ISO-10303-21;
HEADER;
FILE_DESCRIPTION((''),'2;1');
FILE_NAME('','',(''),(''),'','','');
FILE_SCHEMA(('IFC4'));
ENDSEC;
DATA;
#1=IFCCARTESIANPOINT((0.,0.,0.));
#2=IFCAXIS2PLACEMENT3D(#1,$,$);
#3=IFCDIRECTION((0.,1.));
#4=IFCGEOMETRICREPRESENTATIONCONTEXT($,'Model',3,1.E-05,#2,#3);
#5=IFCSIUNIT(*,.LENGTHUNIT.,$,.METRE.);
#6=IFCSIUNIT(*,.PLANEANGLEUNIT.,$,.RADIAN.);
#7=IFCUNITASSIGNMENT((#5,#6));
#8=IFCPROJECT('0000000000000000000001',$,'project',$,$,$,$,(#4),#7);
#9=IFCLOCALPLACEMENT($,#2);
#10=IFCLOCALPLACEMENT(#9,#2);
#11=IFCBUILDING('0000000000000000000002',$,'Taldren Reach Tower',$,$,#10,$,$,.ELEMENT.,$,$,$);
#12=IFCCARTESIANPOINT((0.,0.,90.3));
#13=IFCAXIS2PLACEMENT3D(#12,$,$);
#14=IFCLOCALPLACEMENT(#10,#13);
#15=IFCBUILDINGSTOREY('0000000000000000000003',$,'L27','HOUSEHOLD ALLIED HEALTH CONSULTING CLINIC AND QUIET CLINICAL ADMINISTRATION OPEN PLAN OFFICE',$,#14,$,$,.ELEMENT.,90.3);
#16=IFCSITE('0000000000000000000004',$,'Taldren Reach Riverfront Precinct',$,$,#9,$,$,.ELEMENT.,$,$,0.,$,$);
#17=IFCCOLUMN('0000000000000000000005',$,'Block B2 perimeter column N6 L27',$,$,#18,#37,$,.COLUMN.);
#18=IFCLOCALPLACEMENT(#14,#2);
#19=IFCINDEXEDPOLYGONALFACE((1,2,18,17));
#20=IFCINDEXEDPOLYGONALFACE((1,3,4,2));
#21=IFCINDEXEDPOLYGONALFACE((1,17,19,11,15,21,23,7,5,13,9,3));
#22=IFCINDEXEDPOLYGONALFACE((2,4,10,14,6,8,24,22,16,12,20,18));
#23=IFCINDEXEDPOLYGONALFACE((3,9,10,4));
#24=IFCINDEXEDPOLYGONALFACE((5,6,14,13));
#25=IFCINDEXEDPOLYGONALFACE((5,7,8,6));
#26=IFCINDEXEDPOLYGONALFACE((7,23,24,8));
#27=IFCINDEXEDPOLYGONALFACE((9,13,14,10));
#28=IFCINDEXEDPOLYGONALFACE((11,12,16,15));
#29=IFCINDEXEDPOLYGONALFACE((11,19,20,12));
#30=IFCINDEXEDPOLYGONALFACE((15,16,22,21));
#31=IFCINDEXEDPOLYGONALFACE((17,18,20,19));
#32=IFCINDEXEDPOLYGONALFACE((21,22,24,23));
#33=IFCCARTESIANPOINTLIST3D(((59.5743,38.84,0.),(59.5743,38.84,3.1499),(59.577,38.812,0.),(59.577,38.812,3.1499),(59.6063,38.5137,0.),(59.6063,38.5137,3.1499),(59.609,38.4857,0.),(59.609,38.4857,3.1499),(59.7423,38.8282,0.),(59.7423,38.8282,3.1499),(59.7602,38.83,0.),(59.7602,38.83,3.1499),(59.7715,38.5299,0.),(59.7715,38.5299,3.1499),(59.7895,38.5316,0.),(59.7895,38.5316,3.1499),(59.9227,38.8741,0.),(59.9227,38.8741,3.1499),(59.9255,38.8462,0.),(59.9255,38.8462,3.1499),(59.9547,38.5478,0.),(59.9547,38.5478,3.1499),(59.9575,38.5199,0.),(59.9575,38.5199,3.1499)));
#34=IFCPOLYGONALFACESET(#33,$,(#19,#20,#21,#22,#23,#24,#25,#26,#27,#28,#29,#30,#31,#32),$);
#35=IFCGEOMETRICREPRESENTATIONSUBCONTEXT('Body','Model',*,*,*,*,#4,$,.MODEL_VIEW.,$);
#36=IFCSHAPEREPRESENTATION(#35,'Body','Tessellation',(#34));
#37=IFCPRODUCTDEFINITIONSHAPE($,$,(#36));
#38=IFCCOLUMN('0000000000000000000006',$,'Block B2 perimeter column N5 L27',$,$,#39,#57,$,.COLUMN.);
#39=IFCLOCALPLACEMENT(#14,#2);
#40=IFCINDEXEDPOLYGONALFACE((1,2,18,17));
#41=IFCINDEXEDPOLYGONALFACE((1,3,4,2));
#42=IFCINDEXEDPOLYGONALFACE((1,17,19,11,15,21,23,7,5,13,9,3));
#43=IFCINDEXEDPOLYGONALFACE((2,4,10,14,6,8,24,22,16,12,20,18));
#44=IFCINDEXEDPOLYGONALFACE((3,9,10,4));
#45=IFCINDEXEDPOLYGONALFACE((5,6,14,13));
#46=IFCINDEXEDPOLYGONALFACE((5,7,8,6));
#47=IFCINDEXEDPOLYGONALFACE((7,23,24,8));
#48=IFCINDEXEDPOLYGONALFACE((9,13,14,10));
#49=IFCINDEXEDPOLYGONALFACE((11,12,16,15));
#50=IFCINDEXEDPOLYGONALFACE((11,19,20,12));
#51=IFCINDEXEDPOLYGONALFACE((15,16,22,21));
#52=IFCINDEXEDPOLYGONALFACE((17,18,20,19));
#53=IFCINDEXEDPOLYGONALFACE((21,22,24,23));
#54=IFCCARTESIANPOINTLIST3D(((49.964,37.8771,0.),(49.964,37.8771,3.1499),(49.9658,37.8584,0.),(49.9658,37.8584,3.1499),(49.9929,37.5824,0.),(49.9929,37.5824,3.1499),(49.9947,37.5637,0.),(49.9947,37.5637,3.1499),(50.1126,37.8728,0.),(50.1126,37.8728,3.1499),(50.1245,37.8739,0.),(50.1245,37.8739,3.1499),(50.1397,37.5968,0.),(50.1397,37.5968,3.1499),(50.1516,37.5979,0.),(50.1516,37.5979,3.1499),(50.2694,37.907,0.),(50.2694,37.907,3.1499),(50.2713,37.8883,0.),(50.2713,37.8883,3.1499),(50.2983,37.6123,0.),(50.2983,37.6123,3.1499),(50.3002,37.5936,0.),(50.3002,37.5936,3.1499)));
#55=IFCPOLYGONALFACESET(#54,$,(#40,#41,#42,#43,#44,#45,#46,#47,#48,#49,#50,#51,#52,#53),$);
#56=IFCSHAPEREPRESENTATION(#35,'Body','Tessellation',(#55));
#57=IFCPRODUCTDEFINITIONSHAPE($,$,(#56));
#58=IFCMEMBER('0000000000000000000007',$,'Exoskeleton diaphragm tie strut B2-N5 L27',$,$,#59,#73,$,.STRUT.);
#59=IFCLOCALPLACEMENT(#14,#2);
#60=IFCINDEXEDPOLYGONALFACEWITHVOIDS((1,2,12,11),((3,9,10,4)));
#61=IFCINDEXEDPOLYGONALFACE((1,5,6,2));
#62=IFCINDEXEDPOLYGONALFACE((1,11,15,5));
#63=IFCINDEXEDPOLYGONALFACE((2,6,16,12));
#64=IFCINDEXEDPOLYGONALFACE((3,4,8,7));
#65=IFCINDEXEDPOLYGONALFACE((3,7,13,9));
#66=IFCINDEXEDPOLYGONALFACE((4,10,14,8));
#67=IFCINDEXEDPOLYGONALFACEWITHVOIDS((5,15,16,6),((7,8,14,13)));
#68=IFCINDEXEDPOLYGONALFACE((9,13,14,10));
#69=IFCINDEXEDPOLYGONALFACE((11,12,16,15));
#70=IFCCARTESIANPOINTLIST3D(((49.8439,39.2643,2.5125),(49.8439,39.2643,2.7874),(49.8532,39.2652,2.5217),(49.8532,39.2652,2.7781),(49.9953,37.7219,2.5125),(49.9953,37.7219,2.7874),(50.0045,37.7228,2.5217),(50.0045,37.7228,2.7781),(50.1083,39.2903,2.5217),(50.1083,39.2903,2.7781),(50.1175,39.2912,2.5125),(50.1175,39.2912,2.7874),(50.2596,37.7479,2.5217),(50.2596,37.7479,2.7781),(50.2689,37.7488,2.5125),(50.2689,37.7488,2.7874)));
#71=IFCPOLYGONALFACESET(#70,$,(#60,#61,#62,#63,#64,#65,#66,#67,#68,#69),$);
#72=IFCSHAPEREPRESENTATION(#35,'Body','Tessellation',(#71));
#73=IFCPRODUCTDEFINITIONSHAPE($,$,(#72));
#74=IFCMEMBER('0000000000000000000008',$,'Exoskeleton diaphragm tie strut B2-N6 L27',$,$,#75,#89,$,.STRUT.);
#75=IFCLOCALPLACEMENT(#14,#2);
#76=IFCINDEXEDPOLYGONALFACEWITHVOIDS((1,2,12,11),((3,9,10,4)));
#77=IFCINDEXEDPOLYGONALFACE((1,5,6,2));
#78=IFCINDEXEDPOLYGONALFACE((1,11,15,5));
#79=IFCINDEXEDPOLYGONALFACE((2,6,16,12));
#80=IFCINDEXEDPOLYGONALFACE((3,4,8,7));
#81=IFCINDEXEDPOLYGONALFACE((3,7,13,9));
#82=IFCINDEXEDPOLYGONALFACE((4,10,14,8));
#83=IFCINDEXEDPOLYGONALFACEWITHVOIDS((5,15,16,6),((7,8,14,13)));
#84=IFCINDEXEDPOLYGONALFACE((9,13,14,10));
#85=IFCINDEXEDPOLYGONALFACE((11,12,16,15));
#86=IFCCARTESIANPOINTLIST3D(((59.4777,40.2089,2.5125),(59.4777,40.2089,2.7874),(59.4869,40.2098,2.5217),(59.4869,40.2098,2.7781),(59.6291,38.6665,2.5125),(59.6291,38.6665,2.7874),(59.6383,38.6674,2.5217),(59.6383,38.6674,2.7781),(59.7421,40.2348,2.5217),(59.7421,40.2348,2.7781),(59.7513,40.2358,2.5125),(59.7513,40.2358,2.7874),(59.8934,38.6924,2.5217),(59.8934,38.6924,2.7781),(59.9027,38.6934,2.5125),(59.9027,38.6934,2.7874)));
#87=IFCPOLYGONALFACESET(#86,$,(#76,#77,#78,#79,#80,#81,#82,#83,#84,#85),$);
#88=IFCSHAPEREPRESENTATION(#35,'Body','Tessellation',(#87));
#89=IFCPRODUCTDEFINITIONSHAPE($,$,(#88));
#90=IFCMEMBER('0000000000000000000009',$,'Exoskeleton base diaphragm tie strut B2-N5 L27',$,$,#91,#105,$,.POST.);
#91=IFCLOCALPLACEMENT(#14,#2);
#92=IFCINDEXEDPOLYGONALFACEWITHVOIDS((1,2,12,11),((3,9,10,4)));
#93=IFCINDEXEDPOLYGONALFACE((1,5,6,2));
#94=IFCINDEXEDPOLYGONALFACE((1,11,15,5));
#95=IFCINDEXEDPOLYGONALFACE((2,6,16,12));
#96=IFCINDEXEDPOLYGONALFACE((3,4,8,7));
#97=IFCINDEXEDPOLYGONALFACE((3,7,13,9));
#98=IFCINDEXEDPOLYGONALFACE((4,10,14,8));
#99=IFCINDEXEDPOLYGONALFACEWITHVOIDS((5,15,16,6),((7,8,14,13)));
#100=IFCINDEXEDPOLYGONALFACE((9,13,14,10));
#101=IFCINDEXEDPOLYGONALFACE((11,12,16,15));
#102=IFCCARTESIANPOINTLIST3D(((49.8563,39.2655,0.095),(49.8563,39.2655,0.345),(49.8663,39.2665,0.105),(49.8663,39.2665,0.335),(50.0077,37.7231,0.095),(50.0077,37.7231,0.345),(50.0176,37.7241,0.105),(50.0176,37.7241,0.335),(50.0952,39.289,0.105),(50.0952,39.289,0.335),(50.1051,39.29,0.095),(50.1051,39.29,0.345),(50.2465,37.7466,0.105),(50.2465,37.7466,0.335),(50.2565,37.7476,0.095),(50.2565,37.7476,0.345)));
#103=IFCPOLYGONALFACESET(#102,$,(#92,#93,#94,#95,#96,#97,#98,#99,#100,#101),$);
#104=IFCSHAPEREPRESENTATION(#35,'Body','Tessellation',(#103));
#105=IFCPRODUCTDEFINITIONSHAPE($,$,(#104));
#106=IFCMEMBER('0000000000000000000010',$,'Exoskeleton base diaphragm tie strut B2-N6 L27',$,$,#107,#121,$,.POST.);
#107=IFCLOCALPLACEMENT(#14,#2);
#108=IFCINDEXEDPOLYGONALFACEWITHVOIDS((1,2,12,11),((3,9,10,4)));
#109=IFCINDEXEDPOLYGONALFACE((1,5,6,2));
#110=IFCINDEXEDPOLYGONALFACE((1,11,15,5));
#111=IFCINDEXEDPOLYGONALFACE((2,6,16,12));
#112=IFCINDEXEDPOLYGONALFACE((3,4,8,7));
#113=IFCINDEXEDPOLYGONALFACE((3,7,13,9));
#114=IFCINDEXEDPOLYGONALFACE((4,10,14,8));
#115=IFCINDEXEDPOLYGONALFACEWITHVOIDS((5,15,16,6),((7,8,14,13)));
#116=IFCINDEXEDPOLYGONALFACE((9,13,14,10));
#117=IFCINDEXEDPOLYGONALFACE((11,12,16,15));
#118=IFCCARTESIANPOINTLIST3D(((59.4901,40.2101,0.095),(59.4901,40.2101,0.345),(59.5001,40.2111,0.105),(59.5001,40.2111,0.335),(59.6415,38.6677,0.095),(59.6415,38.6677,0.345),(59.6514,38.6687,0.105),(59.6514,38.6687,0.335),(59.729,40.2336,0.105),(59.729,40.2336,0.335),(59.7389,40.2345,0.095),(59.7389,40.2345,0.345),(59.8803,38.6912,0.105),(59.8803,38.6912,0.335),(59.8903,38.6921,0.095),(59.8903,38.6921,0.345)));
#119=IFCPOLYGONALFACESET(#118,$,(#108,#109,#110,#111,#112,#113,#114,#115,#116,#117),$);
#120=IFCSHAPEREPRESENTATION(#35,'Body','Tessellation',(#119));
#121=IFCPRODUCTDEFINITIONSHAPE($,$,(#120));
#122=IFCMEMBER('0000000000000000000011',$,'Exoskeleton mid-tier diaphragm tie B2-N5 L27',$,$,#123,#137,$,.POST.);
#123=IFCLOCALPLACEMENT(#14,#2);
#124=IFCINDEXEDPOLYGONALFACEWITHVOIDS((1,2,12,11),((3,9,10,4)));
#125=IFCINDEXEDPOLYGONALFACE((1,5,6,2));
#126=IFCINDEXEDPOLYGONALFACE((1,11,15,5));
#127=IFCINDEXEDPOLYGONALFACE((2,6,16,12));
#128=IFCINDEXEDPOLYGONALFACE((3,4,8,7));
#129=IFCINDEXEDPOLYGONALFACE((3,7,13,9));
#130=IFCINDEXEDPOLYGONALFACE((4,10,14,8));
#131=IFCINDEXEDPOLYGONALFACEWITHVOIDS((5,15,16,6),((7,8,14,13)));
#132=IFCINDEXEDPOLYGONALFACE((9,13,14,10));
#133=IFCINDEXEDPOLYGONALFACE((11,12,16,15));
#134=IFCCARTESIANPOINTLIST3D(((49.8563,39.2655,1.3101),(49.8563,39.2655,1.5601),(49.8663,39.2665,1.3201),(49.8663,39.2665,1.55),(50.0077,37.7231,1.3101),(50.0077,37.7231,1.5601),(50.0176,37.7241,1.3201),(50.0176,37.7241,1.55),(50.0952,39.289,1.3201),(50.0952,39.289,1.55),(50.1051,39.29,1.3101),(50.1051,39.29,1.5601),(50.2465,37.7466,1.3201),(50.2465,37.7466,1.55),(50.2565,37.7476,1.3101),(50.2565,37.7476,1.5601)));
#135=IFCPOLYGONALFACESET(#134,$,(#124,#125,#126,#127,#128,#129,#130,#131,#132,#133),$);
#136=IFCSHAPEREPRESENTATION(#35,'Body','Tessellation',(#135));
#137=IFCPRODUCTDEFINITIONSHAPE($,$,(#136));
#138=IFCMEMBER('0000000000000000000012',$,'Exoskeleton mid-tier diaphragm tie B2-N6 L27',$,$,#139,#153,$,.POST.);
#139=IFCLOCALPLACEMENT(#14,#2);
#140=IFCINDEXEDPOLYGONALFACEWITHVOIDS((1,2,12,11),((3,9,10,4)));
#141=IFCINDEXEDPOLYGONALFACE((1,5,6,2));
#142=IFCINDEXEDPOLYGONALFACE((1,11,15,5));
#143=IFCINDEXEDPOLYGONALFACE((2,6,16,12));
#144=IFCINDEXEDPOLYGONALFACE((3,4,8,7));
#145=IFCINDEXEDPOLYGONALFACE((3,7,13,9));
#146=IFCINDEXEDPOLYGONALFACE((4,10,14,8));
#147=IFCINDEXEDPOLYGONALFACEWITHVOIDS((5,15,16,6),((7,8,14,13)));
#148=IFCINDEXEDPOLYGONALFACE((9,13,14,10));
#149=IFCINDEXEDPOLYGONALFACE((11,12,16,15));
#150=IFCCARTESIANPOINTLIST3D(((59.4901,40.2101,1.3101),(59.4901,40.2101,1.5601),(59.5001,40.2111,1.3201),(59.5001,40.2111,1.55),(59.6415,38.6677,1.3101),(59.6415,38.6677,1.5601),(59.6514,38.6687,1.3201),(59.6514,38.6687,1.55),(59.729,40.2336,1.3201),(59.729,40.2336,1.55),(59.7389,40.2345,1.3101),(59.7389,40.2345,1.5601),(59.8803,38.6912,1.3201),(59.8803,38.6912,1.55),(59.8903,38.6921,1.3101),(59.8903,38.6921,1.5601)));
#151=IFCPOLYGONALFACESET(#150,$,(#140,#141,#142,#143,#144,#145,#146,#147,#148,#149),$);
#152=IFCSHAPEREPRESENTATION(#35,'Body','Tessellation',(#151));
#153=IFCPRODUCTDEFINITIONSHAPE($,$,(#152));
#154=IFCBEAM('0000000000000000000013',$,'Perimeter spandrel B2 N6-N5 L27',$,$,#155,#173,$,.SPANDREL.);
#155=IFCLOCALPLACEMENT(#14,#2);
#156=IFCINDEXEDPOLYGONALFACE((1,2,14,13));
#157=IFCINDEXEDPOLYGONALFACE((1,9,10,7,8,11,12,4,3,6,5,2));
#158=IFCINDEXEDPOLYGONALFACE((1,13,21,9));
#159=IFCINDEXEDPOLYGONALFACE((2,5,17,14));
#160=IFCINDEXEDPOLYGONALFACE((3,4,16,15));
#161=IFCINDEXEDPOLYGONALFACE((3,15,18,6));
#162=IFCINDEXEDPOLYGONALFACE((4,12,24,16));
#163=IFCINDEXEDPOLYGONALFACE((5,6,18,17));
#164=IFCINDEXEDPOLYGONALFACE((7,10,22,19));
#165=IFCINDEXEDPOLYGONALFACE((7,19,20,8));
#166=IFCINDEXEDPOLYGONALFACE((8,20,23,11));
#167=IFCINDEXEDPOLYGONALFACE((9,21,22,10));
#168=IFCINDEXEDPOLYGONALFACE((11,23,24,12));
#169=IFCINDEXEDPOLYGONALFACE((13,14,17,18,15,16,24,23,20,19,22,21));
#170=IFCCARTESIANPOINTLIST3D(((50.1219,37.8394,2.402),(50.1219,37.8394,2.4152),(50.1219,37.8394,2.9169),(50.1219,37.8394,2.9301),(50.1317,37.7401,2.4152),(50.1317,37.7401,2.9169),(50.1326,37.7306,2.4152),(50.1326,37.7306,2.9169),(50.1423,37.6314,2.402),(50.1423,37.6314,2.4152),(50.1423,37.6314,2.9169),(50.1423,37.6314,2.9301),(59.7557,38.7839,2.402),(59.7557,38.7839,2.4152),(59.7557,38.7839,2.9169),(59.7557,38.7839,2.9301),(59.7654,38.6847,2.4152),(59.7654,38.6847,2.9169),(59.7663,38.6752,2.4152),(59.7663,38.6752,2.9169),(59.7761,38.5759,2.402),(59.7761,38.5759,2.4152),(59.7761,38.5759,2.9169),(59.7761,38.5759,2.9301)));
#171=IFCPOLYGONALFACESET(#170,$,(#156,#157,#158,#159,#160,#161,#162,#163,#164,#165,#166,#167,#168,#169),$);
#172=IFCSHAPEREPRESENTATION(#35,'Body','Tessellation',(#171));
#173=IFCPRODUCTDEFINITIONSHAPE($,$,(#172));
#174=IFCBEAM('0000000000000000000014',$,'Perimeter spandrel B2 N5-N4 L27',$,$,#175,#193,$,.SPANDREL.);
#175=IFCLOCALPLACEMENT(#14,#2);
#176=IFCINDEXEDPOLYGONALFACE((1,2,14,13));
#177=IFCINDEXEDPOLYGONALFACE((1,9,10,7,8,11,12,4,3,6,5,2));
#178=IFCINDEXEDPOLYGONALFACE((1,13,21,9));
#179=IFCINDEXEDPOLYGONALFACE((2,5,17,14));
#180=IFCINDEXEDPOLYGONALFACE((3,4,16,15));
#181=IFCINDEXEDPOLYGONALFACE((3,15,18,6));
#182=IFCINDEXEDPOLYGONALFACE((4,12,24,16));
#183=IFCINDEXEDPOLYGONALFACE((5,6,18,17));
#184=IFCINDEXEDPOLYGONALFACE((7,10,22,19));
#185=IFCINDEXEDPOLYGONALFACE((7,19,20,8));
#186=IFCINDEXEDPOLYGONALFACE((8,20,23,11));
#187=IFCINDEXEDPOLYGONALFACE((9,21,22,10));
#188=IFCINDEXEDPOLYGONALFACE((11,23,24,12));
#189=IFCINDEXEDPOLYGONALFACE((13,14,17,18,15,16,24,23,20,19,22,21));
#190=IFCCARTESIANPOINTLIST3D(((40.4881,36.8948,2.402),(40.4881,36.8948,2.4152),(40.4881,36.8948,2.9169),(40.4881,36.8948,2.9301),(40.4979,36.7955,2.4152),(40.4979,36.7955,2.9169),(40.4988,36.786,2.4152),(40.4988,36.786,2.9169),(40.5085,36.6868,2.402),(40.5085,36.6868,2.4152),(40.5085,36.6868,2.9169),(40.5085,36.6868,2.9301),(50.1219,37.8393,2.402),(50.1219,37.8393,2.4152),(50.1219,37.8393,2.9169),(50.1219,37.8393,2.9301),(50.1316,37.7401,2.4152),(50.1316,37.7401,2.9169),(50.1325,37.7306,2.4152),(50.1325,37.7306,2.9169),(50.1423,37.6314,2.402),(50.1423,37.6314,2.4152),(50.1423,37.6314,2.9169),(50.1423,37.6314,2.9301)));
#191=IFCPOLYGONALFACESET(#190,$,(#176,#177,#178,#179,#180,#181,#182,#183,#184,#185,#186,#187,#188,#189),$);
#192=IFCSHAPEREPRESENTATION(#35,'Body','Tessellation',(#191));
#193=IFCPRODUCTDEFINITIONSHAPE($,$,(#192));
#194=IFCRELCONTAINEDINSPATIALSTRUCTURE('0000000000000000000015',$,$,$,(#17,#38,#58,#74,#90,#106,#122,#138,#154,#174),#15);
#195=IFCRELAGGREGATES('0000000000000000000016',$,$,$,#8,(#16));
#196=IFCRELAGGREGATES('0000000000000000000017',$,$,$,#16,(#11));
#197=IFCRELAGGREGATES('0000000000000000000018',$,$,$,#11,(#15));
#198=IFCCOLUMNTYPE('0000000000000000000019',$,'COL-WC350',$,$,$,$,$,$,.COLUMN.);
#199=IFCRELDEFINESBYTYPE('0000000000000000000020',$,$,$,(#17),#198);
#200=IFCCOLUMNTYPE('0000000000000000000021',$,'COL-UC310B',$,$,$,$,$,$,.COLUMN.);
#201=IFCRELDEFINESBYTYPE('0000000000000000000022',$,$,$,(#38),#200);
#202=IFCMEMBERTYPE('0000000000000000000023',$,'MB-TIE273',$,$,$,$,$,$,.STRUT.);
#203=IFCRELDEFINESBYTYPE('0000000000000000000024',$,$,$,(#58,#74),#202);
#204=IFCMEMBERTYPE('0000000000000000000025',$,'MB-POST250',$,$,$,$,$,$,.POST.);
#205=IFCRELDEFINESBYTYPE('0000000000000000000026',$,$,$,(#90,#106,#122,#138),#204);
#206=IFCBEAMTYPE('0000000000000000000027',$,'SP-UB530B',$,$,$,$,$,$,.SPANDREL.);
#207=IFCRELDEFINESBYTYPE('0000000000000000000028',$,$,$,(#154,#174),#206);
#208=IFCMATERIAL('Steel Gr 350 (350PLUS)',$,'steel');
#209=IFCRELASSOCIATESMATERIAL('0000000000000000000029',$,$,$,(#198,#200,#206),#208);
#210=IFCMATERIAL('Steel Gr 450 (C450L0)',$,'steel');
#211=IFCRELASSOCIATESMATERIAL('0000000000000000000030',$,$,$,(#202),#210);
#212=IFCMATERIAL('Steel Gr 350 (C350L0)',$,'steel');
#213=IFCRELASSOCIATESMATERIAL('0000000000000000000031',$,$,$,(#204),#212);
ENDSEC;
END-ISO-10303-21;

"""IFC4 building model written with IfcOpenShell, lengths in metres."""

from ifc_helpers import new_model, si_unit, direction, frame, origin, origin_2d, place, context, subcontext, project, spatial, hollow_rectangle, i_section, extrude, source, transform, mapped, material, material_profile, profile_set, type_object, element, save


model = new_model("IFC4")

# Units and contexts
model_context = context("Model", 3, precision=1e-05, world=origin(), true_north=direction((0.0, 1.0)))
body_context = subcontext(model_context, "Body", "Model", "MODEL_VIEW")
ifc_project = project(units=[si_unit("LENGTHUNIT", "METRE"), si_unit("PLANEANGLEUNIT", "RADIAN")], contexts=[model_context])

# Site, building, storey
site_placement = place(None, origin())
site = spatial("IfcSite", under=ifc_project, at=site_placement, Name="Taldren Reach Riverfront Precinct", CompositionType="ELEMENT", RefElevation=0.0)
building_placement = place(site_placement, origin())
building = spatial("IfcBuilding", under=site, at=building_placement, Name="Taldren Reach Tower", CompositionType="ELEMENT")
storey_placement = place(building_placement, frame((0.0, 0.0, 90.3)))
storey = spatial("IfcBuildingStorey", under=building, at=storey_placement, Name="L27", Description="HOUSEHOLD ALLIED HEALTH CONSULTING CLINIC AND QUIET CLINICAL ADMINISTRATION OPEN PLAN OFFICE", CompositionType="ELEMENT", Elevation=90.3)

# Columns
ifc_material_1 = material(Name="Steel Gr 350 (350PLUS)", Category="steel")
ifc_material_profile_1 = material_profile(ifc_material_1, i_section(OverallWidth=0.3501, OverallDepth=0.356, WebThickness=0.0181, FlangeThickness=0.0281, at=origin_2d()), Name="350WC197")
ifc_profile_set_1 = profile_set([ifc_material_profile_1], Name="Steel Gr 350 (350PLUS)")
column_type_1 = type_object("IfcColumnType", Name="COL-WC350", PredefinedType="COLUMN", material=ifc_profile_set_1)
shared_shape_1 = source(origin(), body_context, "Body", "SweptSolid", [
    extrude(i_section(OverallWidth=0.3501, OverallDepth=0.356, WebThickness=0.0181, FlangeThickness=0.0281, at=origin_2d()), origin(), (0.0, 0.0, 1.0), 3.1499),
])
column_1_placement = place(storey_placement, frame((59.7659, 38.6799, 0.0), z_axis=(0.0, 0.0, 1.0), x_axis=(0.995227, 0.097583, 0.0)))
element("IfcColumn", 1, at=column_1_placement, inside=storey, type_object=column_type_1, Name="Block B2 perimeter column N6 L27", PredefinedType="COLUMN", context=body_context, shape_type="MappedRepresentation", body=[
    mapped(shared_shape_1, transform((0.0, 0.0, 0.0), scale=1.0)),
])
ifc_material_profile_2 = material_profile(ifc_material_1, i_section(OverallWidth=0.3069, OverallDepth=0.3149, WebThickness=0.012, FlangeThickness=0.0188, at=origin_2d()), Name="310UC118")
ifc_profile_set_2 = profile_set([ifc_material_profile_2], Name="Steel Gr 350 (350PLUS)")
column_type_2 = type_object("IfcColumnType", Name="COL-UC310B", PredefinedType="COLUMN", material=ifc_profile_set_2)
shared_shape_2 = source(origin(), body_context, "Body", "SweptSolid", [
    extrude(i_section(OverallWidth=0.3069, OverallDepth=0.3149, WebThickness=0.012, FlangeThickness=0.0188, at=origin_2d()), origin(), (0.0, 0.0, 1.0), 3.1499),
])
column_2_placement = place(storey_placement, frame((50.1321, 37.7354, 0.0), z_axis=(0.0, 0.0, 1.0), x_axis=(0.995227, 0.097583, 0.0)))
element("IfcColumn", 2, at=column_2_placement, inside=storey, type_object=column_type_2, Name="Block B2 perimeter column N5 L27", PredefinedType="COLUMN", context=body_context, shape_type="MappedRepresentation", body=[
    mapped(shared_shape_2, transform((0.0, 0.0, 0.0), scale=1.0)),
])

# Members
ifc_material_2 = material(Name="Steel Gr 450 (C450L0)", Category="steel")
ifc_material_profile_3 = material_profile(ifc_material_2, hollow_rectangle(XDim=0.2749, YDim=0.2749, WallThickness=0.0093, at=origin_2d()), Name="275x275x9.3SHS")
ifc_profile_set_3 = profile_set([ifc_material_profile_3], Name="Steel Gr 450 (C450L0)")
member_type_1 = type_object("IfcMemberType", Name="MB-TIE273", PredefinedType="STRUT", material=ifc_profile_set_3)
shared_shape_3 = source(origin(), body_context, "Body", "SweptSolid", [
    extrude(hollow_rectangle(XDim=0.2749, YDim=0.2749, WallThickness=0.0093, at=origin_2d()), origin(), (0.0, 0.0, 1.0), 1.5498),
])
for number, where, z_axis, x_axis, name in (
    (3, (50.1321, 37.7354, 2.6499), (-0.097663, 0.99522, 0.0), (-0.99522, -0.097663, 0.0), "Exoskeleton diaphragm tie strut B2-N5 L27"),
    (4, (59.7659, 38.6799, 2.6499), (-0.097663, 0.99522, 0.0), (-0.99522, -0.097663, 0.0), "Exoskeleton diaphragm tie strut B2-N6 L27"),
):
    element("IfcMember", number, at=place(storey_placement, frame(where, z_axis=z_axis, x_axis=x_axis)), inside=storey, type_object=member_type_1, Name=name, PredefinedType="STRUT", context=body_context, shape_type="MappedRepresentation", body=[
        mapped(shared_shape_3, transform((0.0, 0.0, 0.0), scale=1.0)),
    ])
ifc_material_3 = material(Name="Steel Gr 350 (C350L0)", Category="steel")
ifc_material_profile_4 = material_profile(ifc_material_3, hollow_rectangle(XDim=0.25, YDim=0.25, WallThickness=0.01, at=origin_2d()), Name="250x250x10.0SHS")
ifc_profile_set_4 = profile_set([ifc_material_profile_4], Name="Steel Gr 350 (C350L0)")
member_type_2 = type_object("IfcMemberType", Name="MB-POST250", PredefinedType="POST", material=ifc_profile_set_4)
shared_shape_4 = source(origin(), body_context, "Body", "SweptSolid", [
    extrude(hollow_rectangle(XDim=0.25, YDim=0.25, WallThickness=0.01, at=origin_2d()), origin(), (0.0, 0.0, 1.0), 1.5498),
])
for number, where, z_axis, x_axis, name in (
    (5, (50.1321, 37.7354, 0.22), (-0.097663, 0.99522, 0.0), (-0.99522, -0.097663, 0.0), "Exoskeleton base diaphragm tie strut B2-N5 L27"),
    (6, (59.7659, 38.6799, 0.22), (-0.097663, 0.99522, 0.0), (-0.99522, -0.097663, 0.0), "Exoskeleton base diaphragm tie strut B2-N6 L27"),
    (7, (50.1321, 37.7354, 1.4351), (-0.097663, 0.99522, 0.0), (-0.99522, -0.097663, 0.0), "Exoskeleton mid-tier diaphragm tie B2-N5 L27"),
    (8, (59.7659, 38.6799, 1.4351), (-0.097663, 0.99522, 0.0), (-0.99522, -0.097663, 0.0), "Exoskeleton mid-tier diaphragm tie B2-N6 L27"),
):
    element("IfcMember", number, at=place(storey_placement, frame(where, z_axis=z_axis, x_axis=x_axis)), inside=storey, type_object=member_type_2, Name=name, PredefinedType="POST", context=body_context, shape_type="MappedRepresentation", body=[
        mapped(shared_shape_4, transform((0.0, 0.0, 0.0), scale=1.0)),
    ])

# Beams
ifc_material_profile_5 = material_profile(ifc_material_1, i_section(OverallWidth=0.209, OverallDepth=0.5281, WebThickness=0.0095, FlangeThickness=0.0132, at=origin_2d()), Name="530UB82.0")
ifc_profile_set_5 = profile_set([ifc_material_profile_5], Name="Steel Gr 350 (350PLUS)")
beam_type = type_object("IfcBeamType", Name="SP-UB530B", PredefinedType="SPANDREL", material=ifc_profile_set_5)
shared_shape_5 = source(origin(), body_context, "Body", "SweptSolid", [
    extrude(i_section(OverallWidth=0.209, OverallDepth=0.5281, WebThickness=0.0095, FlangeThickness=0.0132, at=origin_2d()), origin(), (0.0, 0.0, 1.0), 9.6799),
])
for number, where, z_axis, x_axis, name in (
    (9, (59.7659, 38.6799, 2.666), (-0.995228, -0.097581, 0.0), (0.097581, -0.995228, 0.0), "Perimeter spandrel B2 N6-N5 L27"),
    (10, (50.1321, 37.7354, 2.666), (-0.995228, -0.097581, 0.0), (0.097581, -0.995228, 0.0), "Perimeter spandrel B2 N5-N4 L27"),
):
    element("IfcBeam", number, at=place(storey_placement, frame(where, z_axis=z_axis, x_axis=x_axis)), inside=storey, type_object=beam_type, Name=name, PredefinedType="SPANDREL", context=body_context, shape_type="MappedRepresentation", body=[
        mapped(shared_shape_5, transform((0.0, 0.0, 0.0), scale=1.0)),
    ])

save(model, "model.ifc")
